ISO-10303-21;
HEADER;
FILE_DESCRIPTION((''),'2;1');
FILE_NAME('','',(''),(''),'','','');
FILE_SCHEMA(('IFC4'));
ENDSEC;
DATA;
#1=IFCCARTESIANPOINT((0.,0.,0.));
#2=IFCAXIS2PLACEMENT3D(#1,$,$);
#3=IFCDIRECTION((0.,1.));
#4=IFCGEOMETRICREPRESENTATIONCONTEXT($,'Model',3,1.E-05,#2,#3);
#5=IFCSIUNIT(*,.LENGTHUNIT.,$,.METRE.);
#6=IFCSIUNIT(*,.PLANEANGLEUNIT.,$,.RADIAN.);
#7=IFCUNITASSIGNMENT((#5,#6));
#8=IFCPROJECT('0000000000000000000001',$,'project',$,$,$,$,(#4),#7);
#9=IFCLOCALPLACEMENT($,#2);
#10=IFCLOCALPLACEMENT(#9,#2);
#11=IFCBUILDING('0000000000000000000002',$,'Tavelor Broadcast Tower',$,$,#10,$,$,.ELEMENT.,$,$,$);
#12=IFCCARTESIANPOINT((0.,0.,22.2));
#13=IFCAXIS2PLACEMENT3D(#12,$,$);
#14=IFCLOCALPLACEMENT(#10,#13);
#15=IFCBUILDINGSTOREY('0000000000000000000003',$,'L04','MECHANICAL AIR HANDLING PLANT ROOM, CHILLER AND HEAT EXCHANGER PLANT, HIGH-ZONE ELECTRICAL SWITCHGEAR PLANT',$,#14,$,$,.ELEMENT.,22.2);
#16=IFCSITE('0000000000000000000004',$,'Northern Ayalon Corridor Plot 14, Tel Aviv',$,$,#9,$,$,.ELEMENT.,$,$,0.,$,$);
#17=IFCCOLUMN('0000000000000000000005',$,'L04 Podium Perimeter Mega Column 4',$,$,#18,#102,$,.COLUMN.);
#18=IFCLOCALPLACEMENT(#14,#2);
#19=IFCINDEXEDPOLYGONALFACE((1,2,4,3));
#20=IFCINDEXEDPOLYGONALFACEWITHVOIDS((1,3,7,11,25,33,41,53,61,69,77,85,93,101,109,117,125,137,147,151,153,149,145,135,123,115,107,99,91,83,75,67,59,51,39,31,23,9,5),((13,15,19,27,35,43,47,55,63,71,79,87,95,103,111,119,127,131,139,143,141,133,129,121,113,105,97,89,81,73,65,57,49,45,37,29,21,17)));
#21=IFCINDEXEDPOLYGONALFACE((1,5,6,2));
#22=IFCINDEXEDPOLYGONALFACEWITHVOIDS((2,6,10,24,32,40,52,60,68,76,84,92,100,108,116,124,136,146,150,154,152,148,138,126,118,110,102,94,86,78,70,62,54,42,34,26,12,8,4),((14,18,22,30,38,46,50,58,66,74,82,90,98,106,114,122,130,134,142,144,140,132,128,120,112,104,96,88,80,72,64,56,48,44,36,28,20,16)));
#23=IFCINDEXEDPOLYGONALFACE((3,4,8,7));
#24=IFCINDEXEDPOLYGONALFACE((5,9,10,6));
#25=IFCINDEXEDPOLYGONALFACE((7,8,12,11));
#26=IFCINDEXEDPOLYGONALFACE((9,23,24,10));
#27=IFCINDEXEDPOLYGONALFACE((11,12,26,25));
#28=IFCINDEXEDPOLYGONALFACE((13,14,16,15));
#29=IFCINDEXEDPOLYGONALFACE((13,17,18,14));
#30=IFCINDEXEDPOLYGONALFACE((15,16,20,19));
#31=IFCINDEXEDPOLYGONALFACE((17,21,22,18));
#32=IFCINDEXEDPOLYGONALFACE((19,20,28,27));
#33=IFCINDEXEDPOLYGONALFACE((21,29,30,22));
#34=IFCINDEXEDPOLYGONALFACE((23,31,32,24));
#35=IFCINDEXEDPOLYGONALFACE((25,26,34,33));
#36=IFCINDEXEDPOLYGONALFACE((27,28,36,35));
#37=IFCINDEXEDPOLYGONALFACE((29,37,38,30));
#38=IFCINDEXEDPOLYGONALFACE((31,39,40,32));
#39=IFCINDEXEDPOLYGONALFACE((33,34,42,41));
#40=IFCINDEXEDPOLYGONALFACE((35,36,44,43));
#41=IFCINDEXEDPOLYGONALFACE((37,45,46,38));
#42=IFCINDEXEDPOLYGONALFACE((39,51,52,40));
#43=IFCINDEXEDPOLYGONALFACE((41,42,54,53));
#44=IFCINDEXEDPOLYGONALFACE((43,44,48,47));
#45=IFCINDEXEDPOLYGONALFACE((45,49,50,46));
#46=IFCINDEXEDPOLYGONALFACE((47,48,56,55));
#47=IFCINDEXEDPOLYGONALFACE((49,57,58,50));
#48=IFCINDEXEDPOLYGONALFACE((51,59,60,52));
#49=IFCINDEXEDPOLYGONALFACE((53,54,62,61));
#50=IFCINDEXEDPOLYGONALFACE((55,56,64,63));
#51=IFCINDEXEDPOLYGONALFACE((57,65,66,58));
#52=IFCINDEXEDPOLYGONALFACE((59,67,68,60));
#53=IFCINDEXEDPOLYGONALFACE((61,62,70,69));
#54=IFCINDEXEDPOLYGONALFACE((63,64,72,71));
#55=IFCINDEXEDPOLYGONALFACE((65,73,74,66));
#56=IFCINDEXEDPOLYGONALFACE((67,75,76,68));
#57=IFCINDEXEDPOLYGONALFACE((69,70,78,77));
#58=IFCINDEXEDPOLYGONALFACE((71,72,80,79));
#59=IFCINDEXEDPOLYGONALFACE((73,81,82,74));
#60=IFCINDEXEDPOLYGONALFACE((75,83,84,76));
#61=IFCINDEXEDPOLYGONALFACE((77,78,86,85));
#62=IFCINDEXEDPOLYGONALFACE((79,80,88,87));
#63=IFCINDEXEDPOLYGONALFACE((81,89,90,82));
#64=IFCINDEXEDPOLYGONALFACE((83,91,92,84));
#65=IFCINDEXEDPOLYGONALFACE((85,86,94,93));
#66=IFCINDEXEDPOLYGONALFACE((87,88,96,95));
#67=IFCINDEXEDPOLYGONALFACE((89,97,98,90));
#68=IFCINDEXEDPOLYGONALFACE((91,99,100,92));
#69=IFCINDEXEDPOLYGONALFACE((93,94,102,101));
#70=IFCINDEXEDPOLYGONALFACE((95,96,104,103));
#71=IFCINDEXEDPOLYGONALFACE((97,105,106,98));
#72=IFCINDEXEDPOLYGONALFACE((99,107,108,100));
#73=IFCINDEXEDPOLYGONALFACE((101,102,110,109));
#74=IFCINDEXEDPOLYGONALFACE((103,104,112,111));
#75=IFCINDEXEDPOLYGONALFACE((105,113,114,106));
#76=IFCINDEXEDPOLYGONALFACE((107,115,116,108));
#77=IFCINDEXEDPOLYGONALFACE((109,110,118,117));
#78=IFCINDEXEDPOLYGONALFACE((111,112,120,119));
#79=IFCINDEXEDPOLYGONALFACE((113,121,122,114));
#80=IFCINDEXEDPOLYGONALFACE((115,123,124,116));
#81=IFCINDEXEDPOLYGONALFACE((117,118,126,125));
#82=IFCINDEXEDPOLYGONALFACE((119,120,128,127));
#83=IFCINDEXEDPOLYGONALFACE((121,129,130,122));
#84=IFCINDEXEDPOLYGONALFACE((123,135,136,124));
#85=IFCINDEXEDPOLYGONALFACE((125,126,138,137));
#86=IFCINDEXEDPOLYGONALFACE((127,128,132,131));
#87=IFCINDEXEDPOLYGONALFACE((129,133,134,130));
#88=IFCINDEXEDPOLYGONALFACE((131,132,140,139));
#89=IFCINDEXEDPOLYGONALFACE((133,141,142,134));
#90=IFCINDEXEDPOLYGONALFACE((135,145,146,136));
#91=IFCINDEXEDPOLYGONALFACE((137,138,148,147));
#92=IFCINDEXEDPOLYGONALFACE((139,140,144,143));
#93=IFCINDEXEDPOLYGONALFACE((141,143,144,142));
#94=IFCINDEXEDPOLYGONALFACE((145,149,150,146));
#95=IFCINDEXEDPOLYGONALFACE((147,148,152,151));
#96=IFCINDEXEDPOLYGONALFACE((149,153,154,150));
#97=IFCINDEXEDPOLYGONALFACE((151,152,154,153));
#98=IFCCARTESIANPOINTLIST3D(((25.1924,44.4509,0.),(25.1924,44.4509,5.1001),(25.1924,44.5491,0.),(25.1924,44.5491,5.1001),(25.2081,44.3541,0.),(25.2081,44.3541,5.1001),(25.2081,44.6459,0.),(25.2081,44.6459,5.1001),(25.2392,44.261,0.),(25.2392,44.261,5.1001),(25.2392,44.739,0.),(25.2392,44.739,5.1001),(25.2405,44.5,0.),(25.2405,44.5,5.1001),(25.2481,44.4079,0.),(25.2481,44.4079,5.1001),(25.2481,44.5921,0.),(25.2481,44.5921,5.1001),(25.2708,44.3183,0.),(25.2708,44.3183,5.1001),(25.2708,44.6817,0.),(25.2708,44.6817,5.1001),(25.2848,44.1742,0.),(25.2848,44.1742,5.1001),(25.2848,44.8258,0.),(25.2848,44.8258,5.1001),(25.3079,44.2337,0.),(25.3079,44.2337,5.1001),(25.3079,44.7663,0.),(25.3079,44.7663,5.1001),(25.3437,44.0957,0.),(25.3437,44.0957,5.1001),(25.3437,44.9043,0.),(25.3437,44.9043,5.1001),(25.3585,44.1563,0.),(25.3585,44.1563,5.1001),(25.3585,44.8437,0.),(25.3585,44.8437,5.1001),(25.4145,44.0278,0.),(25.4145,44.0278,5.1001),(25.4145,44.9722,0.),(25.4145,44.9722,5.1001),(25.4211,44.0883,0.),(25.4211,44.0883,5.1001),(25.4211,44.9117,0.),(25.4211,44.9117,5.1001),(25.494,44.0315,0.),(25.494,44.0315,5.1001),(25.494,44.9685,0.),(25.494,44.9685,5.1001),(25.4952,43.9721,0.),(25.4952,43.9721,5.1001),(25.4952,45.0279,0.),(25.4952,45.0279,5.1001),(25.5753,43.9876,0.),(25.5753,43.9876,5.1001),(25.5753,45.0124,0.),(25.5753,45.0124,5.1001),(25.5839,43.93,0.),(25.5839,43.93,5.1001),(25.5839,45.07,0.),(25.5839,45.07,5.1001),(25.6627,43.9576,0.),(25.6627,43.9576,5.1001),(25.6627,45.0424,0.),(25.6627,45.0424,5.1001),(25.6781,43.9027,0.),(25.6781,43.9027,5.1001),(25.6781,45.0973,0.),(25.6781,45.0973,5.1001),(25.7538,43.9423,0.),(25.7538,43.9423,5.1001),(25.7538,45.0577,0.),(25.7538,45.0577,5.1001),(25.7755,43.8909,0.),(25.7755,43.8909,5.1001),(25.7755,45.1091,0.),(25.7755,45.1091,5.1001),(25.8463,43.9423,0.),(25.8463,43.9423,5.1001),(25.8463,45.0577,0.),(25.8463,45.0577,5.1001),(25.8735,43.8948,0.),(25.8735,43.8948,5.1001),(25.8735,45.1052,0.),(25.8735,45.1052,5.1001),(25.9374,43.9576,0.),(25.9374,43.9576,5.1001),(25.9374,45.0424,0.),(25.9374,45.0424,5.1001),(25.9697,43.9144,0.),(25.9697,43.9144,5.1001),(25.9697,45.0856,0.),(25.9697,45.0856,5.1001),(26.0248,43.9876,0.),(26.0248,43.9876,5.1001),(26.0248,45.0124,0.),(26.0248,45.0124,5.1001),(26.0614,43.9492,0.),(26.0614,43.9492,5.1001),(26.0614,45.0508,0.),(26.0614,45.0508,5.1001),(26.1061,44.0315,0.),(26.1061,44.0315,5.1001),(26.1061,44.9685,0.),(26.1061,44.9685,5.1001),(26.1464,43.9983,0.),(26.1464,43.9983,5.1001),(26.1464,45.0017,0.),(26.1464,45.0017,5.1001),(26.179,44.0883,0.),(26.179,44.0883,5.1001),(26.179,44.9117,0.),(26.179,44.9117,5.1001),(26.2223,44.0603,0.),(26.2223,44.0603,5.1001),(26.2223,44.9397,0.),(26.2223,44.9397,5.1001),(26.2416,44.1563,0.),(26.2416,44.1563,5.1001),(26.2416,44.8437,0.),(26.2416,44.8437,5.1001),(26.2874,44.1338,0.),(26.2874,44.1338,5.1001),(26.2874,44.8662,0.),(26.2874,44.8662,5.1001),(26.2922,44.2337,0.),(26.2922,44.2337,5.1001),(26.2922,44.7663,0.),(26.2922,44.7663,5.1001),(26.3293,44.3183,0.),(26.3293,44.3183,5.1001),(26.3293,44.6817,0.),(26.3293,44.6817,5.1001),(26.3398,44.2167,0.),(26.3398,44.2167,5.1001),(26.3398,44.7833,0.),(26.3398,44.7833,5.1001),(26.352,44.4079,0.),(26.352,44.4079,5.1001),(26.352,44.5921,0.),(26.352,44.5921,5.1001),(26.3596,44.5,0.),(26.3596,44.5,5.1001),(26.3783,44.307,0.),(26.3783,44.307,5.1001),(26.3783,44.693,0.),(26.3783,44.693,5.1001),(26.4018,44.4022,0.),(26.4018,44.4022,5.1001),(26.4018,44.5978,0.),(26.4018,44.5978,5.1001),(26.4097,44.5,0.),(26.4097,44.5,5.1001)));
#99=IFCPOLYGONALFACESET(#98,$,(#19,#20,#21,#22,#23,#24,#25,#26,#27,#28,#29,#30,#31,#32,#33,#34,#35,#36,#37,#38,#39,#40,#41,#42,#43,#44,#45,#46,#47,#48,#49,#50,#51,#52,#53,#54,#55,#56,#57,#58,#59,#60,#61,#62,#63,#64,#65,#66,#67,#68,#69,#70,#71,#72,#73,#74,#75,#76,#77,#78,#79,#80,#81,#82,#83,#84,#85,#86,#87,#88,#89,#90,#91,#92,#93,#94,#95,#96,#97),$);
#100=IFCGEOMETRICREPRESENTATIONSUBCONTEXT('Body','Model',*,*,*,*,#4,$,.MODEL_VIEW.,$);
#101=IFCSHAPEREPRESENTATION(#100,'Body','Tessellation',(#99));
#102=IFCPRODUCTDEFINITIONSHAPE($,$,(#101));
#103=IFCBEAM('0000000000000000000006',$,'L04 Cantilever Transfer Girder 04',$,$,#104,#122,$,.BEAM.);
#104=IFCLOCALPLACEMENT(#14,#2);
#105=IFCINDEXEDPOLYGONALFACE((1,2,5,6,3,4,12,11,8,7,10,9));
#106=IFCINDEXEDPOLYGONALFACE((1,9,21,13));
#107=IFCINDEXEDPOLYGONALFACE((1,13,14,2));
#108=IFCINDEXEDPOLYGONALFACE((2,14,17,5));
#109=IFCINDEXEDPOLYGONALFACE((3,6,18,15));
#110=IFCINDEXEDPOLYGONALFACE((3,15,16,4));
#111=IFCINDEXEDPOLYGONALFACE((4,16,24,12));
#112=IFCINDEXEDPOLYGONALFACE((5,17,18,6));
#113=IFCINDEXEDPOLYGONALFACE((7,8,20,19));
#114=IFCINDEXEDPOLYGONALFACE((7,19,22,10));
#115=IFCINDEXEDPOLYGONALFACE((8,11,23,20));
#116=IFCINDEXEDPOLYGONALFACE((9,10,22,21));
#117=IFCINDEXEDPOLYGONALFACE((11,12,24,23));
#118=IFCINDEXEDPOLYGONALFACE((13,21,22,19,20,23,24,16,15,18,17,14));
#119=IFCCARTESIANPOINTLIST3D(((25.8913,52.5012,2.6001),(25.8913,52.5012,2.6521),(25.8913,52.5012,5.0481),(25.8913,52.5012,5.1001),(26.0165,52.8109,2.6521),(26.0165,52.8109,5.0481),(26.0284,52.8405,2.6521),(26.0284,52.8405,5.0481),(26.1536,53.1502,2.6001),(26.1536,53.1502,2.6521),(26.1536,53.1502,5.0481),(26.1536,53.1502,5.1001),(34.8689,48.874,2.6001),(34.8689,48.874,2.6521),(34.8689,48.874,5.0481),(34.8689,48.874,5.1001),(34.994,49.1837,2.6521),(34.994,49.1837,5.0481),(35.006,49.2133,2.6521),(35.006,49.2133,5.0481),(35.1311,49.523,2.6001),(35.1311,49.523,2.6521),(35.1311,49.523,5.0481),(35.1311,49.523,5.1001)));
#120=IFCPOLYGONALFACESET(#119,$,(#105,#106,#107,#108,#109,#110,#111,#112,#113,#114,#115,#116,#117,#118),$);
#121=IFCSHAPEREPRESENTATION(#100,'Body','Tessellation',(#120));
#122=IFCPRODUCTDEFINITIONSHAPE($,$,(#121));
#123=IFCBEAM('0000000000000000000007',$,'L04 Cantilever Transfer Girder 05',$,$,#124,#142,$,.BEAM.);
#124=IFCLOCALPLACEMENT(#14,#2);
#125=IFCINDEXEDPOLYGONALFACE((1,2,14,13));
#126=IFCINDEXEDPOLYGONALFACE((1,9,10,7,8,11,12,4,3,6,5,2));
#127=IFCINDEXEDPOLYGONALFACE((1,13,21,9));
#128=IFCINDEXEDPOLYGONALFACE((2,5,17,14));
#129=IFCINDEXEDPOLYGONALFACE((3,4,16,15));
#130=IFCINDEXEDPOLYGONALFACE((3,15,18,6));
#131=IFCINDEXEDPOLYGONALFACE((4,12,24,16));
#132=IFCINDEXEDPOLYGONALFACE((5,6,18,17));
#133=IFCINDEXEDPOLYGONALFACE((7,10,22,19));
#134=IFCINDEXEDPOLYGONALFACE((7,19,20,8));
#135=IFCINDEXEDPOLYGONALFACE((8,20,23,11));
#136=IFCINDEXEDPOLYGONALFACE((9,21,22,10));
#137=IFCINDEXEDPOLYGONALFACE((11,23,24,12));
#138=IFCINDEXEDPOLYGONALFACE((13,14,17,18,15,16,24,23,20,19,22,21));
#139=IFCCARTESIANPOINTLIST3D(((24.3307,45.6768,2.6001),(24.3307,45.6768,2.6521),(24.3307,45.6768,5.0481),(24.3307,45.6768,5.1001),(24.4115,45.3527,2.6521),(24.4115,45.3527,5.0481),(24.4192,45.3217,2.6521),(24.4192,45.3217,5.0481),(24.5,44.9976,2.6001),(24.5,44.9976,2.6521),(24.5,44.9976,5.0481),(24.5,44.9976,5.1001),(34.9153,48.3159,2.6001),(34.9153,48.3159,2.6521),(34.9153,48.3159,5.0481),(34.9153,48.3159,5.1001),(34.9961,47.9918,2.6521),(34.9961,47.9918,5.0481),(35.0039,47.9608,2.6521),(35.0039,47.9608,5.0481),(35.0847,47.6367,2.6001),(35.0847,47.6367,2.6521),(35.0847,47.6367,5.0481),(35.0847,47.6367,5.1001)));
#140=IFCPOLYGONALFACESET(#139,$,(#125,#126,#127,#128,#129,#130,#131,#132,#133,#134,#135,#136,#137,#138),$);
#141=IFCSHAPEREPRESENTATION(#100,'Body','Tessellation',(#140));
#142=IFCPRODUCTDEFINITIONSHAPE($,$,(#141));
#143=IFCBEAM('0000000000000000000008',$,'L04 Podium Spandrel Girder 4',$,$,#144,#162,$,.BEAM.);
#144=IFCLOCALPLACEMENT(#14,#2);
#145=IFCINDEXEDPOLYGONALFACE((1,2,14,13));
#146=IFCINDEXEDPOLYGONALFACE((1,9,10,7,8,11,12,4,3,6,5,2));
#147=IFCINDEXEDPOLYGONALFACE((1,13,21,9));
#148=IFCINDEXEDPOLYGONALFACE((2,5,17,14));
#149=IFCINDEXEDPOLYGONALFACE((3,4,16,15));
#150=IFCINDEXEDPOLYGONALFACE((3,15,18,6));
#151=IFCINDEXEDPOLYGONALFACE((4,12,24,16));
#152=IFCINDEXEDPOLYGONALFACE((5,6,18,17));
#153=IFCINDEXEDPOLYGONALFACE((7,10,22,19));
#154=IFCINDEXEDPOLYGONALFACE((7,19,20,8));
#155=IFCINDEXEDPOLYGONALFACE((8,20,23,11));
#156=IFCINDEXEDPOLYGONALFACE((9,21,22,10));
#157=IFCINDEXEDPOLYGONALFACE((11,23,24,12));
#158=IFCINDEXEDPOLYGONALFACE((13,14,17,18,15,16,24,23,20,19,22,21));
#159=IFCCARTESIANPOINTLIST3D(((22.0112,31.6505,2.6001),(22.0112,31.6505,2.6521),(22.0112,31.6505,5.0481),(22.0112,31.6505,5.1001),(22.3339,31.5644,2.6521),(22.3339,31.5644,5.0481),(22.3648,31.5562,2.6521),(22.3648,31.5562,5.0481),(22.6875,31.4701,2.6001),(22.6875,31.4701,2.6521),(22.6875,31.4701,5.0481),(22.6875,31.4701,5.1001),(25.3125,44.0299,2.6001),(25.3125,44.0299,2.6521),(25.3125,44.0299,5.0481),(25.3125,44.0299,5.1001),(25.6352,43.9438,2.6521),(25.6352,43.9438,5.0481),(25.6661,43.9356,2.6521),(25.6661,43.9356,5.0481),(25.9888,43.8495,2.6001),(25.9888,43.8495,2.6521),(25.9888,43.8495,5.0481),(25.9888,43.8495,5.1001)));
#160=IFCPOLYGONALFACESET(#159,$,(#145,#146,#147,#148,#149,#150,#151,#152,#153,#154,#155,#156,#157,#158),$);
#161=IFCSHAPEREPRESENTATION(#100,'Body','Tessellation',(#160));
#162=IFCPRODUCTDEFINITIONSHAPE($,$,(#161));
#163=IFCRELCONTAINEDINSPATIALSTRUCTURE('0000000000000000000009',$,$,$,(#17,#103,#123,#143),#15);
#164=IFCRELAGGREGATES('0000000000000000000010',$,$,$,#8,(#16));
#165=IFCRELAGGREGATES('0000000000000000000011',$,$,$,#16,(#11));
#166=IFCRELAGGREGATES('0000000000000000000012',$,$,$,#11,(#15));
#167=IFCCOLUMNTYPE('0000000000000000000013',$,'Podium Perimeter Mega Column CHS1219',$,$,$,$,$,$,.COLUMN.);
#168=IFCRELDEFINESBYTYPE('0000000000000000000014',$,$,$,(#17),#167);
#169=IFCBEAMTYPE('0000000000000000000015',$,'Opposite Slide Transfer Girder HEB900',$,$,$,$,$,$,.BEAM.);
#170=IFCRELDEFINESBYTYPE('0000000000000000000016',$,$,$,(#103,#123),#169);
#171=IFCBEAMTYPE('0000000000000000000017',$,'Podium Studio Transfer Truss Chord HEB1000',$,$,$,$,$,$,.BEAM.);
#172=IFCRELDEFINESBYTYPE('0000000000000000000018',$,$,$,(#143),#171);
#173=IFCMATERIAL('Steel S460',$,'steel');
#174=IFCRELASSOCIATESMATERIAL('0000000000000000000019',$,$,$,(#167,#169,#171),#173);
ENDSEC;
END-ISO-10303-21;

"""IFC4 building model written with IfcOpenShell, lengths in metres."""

from ifc_helpers import new_model, si_unit, direction, frame, origin, origin_2d, place, context, subcontext, project, spatial, hollow_circle, i_section, extrude, material, material_profile, profile_set, type_object, element, save


model = new_model("IFC4")

# Units and contexts
model_context = context("Model", 3, precision=1e-05, world=origin(), true_north=direction((0.0, 1.0)))
body_context = subcontext(model_context, "Body", "Model", "MODEL_VIEW")
ifc_project = project(units=[si_unit("LENGTHUNIT", "METRE"), si_unit("PLANEANGLEUNIT", "RADIAN")], contexts=[model_context])

# Site, building, storey
site_placement = place(None, origin())
site = spatial("IfcSite", under=ifc_project, at=site_placement, Name="Northern Ayalon Corridor Plot 14, Tel Aviv", CompositionType="ELEMENT", RefElevation=0.0)
building_placement = place(site_placement, origin())
building = spatial("IfcBuilding", under=site, at=building_placement, Name="Tavelor Broadcast Tower", CompositionType="ELEMENT")
storey_placement = place(building_placement, frame((0.0, 0.0, 22.2)))
storey = spatial("IfcBuildingStorey", under=building, at=storey_placement, Name="L04", Description="MECHANICAL AIR HANDLING PLANT ROOM, CHILLER AND HEAT EXCHANGER PLANT, HIGH-ZONE ELECTRICAL SWITCHGEAR PLANT", CompositionType="ELEMENT", Elevation=22.2)

# Column
ifc_material_1 = material(Name="Steel S460", Category="steel")
ifc_material_profile_1 = material_profile(ifc_material_1, hollow_circle(Radius=0.6096, WallThickness=0.05, at=origin_2d()), Name="CHS 1219x50")
ifc_profile_set_1 = profile_set([ifc_material_profile_1], Name="Steel S460")
column_type = type_object("IfcColumnType", Name="Podium Perimeter Mega Column CHS1219", PredefinedType="COLUMN", material=ifc_profile_set_1)
column_placement = place(storey_placement, frame((25.8, 44.5, 0.0), z_axis=(0.0, 0.0, 1.0), x_axis=(1.0, 0.0, 0.0)))
element("IfcColumn", 1, at=column_placement, inside=storey, type_object=column_type, Name="L04 Podium Perimeter Mega Column 4", PredefinedType="COLUMN", context=body_context, shape_type="SweptSolid", body=[
    extrude(hollow_circle(Radius=0.6096, WallThickness=0.05, at=origin_2d()), origin(), (0.0, 0.0, 1.0), 5.1001),
])

# Beams
ifc_material_profile_2 = material_profile(ifc_material_1, i_section(OverallWidth=0.7, OverallDepth=2.5, WebThickness=0.032, FlangeThickness=0.052, at=origin_2d()), Name="PG 2500x700")
ifc_profile_set_2 = profile_set([ifc_material_profile_2], Name="Steel S460")
beam_type_1 = type_object("IfcBeamType", Name="Opposite Slide Transfer Girder HEB900", PredefinedType="BEAM", material=ifc_profile_set_2)
beam_1_placement = place(storey_placement, frame((35.0, 49.1985, 3.8501), z_axis=(-0.927183, 0.37461, 0.0), x_axis=(-0.37461, -0.927183, 0.0)))
element("IfcBeam", 2, at=beam_1_placement, inside=storey, type_object=beam_type_1, Name="L04 Cantilever Transfer Girder 04", PredefinedType="BEAM", context=body_context, shape_type="SweptSolid", body=[
    extrude(i_section(OverallWidth=0.7, OverallDepth=2.5, WebThickness=0.032, FlangeThickness=0.052, at=origin_2d()), origin(), (0.0, 0.0, 1.0), 9.6826),
])
beam_2_placement = place(storey_placement, frame((35.0, 47.9763, 3.8501), z_axis=(-0.970294, -0.24193, 0.0), x_axis=(0.24193, -0.970294, 0.0)))
element("IfcBeam", 3, at=beam_2_placement, inside=storey, type_object=beam_type_1, Name="L04 Cantilever Transfer Girder 05", PredefinedType="BEAM", context=body_context, shape_type="SweptSolid", body=[
    extrude(i_section(OverallWidth=0.7, OverallDepth=2.5, WebThickness=0.032, FlangeThickness=0.052, at=origin_2d()), origin(), (0.0, 0.0, 1.0), 10.9087),
])
ifc_material_profile_3 = material_profile(ifc_material_1, i_section(OverallWidth=0.7, OverallDepth=2.5, WebThickness=0.032, FlangeThickness=0.052, at=origin_2d()), Name="PG 2500x700")
ifc_profile_set_3 = profile_set([ifc_material_profile_3], Name="Steel S460")
beam_type_2 = type_object("IfcBeamType", Name="Podium Studio Transfer Truss Chord HEB1000", PredefinedType="BEAM", material=ifc_profile_set_3)
beam_3_placement = place(storey_placement, frame((25.6506, 43.9397, 3.8501), z_axis=(-0.25767, -0.966233, 0.0), x_axis=(0.966233, -0.25767, 0.0)))
element("IfcBeam", 4, at=beam_3_placement, inside=storey, type_object=beam_type_2, Name="L04 Podium Spandrel Girder 4", PredefinedType="BEAM", context=body_context, shape_type="SweptSolid", body=[
    extrude(i_section(OverallWidth=0.7, OverallDepth=2.5, WebThickness=0.032, FlangeThickness=0.052, at=origin_2d()), origin(), (0.0, 0.0, 1.0), 12.812),
])

save(model, "model.ifc")
